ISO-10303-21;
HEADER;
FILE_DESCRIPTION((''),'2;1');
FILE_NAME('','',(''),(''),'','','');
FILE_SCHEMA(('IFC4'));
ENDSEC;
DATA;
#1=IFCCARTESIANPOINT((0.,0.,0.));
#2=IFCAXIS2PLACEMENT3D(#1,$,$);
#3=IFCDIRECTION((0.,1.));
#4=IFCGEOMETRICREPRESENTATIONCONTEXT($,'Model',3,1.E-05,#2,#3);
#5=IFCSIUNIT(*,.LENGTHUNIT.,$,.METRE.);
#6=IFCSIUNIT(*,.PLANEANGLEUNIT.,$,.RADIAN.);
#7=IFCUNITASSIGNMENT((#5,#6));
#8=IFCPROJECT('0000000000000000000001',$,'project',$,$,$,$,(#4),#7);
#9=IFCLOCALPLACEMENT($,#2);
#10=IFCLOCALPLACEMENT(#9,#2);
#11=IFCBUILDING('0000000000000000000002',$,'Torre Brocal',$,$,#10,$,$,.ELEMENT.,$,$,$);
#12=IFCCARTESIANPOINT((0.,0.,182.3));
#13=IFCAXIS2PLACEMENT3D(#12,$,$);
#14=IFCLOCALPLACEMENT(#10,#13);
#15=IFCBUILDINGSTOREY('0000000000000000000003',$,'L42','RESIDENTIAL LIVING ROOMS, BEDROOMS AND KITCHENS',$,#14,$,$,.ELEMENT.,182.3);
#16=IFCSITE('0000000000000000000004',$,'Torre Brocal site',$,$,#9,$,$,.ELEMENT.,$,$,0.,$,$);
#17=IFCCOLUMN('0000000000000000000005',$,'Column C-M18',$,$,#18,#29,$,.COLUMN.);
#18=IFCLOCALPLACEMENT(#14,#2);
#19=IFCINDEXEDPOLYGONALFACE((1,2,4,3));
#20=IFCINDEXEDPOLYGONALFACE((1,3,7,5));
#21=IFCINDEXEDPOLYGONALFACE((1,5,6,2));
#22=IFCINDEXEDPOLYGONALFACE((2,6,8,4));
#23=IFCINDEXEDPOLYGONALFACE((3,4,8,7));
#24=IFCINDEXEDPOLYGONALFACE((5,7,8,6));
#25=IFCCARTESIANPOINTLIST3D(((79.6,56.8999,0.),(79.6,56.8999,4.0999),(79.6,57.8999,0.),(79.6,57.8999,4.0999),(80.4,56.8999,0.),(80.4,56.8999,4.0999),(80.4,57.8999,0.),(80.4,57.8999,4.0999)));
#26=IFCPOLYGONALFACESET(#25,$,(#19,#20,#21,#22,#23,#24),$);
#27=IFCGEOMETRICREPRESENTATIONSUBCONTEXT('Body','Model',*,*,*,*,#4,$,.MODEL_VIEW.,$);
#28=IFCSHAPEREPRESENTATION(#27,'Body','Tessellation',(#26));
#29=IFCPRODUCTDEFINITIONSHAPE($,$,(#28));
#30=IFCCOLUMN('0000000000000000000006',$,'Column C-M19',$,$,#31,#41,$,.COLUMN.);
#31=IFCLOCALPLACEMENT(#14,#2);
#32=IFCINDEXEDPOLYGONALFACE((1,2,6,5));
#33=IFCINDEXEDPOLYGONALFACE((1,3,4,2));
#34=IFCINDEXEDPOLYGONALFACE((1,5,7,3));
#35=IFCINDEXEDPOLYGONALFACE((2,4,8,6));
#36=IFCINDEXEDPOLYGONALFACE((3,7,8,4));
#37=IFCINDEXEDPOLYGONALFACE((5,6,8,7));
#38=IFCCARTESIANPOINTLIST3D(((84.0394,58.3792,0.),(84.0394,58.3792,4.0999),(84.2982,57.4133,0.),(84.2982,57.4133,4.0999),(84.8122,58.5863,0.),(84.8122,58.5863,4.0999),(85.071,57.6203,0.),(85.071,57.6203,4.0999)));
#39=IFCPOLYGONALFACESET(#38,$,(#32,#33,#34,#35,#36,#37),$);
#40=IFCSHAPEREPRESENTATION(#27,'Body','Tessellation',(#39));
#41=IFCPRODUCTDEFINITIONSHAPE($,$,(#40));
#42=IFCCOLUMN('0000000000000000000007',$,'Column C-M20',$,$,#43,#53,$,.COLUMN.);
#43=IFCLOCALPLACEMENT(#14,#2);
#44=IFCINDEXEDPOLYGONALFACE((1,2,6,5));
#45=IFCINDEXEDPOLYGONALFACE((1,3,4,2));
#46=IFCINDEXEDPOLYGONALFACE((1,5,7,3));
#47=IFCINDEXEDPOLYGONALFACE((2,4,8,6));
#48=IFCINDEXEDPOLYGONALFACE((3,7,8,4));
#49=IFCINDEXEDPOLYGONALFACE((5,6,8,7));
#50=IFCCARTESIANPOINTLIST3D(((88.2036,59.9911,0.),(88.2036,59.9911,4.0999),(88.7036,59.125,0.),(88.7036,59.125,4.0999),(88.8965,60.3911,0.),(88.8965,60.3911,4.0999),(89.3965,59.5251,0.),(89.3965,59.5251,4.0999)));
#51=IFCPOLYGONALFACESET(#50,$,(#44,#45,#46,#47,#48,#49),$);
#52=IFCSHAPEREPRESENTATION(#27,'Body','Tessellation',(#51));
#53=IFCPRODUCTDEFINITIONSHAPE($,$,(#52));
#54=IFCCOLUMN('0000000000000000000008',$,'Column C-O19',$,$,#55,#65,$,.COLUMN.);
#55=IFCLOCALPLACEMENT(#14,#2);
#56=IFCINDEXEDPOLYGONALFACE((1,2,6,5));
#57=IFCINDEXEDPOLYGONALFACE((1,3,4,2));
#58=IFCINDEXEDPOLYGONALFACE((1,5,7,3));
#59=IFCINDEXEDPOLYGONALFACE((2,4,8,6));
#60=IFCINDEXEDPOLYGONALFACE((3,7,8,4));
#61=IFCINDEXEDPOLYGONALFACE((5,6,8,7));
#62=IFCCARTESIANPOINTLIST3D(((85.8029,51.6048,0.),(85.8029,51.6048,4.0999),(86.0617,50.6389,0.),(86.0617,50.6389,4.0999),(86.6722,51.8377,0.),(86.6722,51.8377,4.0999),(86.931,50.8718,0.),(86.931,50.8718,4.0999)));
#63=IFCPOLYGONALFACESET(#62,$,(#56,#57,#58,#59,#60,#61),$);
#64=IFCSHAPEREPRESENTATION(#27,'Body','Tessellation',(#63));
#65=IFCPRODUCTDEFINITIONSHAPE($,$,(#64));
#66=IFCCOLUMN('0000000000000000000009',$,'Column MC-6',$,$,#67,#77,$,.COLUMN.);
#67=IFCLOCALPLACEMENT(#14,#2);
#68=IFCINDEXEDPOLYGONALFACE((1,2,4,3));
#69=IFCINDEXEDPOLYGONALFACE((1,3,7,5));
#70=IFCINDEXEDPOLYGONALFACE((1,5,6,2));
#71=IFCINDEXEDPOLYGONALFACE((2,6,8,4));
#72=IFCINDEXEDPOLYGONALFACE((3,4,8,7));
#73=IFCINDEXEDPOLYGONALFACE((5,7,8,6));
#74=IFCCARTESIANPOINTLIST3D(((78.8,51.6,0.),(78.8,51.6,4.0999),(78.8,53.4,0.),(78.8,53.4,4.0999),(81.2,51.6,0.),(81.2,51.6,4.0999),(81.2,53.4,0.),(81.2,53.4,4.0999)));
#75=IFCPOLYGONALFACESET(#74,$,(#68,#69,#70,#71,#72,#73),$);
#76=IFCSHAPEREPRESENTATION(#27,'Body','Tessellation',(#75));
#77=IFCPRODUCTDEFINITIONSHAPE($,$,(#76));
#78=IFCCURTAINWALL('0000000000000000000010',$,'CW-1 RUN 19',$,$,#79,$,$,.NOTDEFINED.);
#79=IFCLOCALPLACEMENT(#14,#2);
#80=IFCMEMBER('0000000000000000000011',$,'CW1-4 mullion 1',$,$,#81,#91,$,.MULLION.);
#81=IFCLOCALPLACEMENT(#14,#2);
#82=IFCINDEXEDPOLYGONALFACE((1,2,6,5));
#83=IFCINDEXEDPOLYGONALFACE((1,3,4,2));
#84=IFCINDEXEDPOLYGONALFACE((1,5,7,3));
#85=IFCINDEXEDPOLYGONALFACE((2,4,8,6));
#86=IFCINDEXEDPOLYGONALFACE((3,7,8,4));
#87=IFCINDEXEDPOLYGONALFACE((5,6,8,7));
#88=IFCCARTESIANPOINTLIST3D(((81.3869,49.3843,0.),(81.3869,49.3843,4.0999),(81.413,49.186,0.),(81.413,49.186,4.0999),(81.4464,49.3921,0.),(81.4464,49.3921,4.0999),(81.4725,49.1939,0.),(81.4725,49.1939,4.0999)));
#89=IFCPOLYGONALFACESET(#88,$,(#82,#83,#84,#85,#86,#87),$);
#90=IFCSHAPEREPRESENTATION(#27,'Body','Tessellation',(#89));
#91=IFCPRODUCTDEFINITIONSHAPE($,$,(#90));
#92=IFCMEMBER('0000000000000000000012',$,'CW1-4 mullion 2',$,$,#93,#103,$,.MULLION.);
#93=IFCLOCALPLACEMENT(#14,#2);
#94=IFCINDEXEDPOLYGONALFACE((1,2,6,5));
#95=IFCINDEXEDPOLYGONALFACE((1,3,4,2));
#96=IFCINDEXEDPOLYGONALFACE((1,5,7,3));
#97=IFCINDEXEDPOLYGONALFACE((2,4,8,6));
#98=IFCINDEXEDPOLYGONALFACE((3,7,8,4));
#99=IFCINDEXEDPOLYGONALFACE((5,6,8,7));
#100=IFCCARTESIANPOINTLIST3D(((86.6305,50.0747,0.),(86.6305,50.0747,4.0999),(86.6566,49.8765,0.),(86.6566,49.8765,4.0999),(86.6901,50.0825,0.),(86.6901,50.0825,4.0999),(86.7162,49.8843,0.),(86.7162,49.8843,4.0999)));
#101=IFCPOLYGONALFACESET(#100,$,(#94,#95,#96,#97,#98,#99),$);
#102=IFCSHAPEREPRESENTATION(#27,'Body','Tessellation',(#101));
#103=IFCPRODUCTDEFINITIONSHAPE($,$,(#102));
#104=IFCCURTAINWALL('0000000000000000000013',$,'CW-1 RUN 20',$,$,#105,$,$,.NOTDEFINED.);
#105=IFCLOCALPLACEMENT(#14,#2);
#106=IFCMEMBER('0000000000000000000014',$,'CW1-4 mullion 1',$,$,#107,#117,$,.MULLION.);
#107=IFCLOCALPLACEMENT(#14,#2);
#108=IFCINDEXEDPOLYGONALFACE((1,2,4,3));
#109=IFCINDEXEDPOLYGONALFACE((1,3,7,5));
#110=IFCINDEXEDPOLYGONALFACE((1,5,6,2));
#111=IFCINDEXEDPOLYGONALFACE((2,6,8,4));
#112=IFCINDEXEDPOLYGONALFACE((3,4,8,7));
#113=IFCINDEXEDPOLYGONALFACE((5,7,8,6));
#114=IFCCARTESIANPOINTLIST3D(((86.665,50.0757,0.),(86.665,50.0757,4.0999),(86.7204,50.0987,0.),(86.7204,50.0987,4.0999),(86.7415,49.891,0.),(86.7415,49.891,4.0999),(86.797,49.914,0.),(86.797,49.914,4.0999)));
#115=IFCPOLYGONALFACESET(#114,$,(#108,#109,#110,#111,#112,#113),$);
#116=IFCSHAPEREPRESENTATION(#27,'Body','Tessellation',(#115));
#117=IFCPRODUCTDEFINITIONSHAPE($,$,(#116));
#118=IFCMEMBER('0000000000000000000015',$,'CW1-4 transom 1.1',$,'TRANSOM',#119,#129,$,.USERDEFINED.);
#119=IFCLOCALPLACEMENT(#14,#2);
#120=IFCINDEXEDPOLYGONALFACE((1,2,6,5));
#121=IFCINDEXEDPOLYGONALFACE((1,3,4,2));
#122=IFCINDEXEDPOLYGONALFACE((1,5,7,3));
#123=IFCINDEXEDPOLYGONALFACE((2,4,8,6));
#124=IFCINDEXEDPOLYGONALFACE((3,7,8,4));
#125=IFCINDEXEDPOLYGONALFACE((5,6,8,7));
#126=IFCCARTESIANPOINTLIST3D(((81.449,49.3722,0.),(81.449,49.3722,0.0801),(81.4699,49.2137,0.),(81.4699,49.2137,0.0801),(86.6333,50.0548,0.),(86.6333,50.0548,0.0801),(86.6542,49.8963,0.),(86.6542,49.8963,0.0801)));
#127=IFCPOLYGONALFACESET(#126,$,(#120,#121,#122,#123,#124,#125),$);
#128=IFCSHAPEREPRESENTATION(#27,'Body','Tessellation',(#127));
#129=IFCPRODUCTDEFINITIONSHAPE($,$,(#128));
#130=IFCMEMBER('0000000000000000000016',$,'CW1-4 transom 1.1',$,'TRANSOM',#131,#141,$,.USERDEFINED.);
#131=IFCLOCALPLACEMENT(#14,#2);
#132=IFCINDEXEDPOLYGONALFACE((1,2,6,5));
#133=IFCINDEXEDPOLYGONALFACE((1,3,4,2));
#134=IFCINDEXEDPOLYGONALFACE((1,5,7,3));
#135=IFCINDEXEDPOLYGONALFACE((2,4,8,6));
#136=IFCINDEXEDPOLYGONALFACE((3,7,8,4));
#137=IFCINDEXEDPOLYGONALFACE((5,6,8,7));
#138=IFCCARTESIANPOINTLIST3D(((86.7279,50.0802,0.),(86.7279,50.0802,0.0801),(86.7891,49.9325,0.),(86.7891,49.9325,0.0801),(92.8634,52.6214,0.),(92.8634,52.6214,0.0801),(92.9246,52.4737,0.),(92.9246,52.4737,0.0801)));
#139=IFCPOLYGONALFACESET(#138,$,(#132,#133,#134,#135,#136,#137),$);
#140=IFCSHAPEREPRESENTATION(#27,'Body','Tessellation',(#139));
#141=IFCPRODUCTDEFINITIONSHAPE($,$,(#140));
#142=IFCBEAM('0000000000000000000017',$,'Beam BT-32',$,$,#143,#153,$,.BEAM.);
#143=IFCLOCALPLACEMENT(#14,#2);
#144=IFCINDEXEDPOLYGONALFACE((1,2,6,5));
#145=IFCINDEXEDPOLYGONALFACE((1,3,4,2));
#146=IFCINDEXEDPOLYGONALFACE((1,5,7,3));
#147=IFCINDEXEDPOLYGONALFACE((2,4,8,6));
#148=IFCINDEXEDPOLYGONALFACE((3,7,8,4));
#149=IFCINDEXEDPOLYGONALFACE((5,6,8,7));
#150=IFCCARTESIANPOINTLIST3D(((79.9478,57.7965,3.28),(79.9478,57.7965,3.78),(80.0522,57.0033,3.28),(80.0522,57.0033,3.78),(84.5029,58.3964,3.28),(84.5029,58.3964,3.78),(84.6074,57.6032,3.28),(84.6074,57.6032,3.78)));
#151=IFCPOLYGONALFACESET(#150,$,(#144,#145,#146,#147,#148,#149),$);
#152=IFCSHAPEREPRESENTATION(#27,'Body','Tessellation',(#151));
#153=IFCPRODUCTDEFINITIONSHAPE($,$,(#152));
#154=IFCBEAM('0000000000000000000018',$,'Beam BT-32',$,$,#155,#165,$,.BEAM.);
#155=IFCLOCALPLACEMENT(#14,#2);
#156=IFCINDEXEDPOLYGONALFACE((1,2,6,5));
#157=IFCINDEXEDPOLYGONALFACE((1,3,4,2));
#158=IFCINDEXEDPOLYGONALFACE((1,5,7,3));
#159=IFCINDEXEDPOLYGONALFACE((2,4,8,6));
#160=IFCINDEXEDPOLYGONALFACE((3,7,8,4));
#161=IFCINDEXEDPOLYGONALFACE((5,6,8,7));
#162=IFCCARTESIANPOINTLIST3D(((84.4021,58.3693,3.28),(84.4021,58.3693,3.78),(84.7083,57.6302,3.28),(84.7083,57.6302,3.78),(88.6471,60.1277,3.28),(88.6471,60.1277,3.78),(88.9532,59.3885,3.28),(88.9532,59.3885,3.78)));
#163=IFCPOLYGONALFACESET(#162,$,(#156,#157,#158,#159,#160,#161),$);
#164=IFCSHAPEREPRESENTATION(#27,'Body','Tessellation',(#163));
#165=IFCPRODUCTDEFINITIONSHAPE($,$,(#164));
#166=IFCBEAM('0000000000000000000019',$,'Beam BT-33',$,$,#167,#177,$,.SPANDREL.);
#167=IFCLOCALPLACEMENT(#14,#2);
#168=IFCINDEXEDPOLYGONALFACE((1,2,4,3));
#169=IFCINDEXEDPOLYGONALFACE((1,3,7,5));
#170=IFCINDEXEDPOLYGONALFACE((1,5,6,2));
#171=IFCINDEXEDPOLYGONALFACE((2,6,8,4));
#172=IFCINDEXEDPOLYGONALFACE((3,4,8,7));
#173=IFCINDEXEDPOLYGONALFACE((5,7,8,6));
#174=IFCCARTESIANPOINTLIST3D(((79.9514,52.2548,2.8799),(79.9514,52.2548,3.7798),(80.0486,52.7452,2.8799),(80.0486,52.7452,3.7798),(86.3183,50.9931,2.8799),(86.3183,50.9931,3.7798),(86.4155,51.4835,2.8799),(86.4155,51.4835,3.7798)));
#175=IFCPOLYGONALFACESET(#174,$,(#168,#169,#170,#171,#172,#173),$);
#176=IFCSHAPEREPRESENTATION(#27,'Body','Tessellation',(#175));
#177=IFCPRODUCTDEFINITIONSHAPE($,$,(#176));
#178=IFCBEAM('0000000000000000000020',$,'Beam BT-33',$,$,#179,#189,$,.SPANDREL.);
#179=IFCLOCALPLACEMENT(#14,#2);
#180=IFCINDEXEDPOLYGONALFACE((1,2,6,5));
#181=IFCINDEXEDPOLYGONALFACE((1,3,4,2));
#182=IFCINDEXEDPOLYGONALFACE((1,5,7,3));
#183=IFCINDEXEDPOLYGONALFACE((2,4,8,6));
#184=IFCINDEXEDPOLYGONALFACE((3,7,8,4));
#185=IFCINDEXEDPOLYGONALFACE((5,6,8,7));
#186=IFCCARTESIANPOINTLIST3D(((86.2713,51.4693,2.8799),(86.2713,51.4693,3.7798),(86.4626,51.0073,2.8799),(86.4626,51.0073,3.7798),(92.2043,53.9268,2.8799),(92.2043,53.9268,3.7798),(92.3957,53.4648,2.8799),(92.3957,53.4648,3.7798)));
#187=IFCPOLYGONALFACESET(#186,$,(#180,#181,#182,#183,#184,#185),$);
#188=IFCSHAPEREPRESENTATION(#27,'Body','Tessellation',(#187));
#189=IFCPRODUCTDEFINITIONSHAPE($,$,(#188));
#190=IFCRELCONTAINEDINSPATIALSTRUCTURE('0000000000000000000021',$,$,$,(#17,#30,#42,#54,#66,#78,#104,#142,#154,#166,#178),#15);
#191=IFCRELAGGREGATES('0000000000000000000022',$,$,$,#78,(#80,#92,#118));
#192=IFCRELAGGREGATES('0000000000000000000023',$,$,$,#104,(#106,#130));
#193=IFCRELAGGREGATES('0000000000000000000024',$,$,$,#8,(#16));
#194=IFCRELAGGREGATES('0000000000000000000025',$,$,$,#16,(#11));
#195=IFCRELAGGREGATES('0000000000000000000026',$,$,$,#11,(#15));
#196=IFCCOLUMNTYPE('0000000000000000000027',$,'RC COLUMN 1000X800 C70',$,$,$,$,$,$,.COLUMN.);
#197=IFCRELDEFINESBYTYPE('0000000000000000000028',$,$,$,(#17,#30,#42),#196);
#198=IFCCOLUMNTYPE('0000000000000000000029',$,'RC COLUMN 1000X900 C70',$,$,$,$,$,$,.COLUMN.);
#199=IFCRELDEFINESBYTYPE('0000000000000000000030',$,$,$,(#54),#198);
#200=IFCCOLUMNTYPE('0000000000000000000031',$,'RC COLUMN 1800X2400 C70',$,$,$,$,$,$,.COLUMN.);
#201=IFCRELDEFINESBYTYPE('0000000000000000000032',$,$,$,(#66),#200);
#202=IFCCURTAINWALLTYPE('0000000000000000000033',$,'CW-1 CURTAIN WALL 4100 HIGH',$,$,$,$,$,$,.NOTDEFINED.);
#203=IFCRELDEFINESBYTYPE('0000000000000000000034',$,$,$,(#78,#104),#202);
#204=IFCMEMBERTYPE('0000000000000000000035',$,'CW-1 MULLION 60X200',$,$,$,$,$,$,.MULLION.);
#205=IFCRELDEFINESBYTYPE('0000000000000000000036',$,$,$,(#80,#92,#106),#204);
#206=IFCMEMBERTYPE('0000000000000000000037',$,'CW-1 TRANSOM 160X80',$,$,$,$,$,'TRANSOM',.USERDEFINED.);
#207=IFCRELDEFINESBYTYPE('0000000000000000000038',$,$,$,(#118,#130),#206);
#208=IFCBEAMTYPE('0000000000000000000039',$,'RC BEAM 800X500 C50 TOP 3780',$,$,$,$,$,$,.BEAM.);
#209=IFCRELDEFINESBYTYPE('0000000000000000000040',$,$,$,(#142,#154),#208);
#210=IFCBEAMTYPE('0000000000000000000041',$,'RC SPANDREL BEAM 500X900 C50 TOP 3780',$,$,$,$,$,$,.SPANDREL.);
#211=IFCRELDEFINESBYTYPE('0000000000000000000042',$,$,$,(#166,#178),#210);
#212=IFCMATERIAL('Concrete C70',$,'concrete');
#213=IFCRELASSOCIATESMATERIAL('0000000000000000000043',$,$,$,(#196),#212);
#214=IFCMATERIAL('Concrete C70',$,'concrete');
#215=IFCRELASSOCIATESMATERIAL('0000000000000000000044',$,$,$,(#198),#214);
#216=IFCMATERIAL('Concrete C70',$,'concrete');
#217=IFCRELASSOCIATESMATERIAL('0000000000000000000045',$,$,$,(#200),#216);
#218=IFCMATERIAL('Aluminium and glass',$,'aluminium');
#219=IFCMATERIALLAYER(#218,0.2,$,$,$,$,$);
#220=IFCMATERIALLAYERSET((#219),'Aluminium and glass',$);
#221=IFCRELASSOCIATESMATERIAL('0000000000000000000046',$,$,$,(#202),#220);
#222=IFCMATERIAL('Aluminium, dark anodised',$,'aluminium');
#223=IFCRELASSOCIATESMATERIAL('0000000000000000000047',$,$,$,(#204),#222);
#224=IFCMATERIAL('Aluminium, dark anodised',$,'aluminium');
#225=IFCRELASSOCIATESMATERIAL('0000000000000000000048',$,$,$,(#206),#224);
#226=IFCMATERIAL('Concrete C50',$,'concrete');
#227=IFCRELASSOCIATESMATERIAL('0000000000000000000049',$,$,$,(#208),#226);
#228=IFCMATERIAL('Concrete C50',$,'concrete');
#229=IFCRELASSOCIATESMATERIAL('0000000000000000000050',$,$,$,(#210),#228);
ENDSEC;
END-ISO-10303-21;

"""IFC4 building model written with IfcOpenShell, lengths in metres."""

from ifc_helpers import new_model, si_unit, direction, frame, origin, origin_2d, place, context, subcontext, project, spatial, rectangle, extrude, material, layer, layer_set, material_profile, profile_set, type_object, element, aggregate, save


model = new_model("IFC4")

# Units and contexts
model_context = context("Model", 3, precision=1e-05, world=origin(), true_north=direction((0.0, 1.0)))
body_context = subcontext(model_context, "Body", "Model", "MODEL_VIEW")
ifc_project = project(units=[si_unit("LENGTHUNIT", "METRE"), si_unit("PLANEANGLEUNIT", "RADIAN")], contexts=[model_context])

# Site, building, storey
site_placement = place(None, origin())
site = spatial("IfcSite", under=ifc_project, at=site_placement, Name="Torre Brocal site", CompositionType="ELEMENT", RefElevation=0.0)
building_placement = place(site_placement, origin())
building = spatial("IfcBuilding", under=site, at=building_placement, Name="Torre Brocal", CompositionType="ELEMENT")
storey_placement = place(building_placement, frame((0.0, 0.0, 182.3)))
storey = spatial("IfcBuildingStorey", under=building, at=storey_placement, Name="L42", Description="RESIDENTIAL LIVING ROOMS, BEDROOMS AND KITCHENS", CompositionType="ELEMENT", Elevation=182.3)

# Columns
ifc_material_1 = material(Name="Concrete C70", Category="concrete")
ifc_material_profile_1 = material_profile(ifc_material_1, rectangle(XDim=1.0, YDim=0.8, at=origin_2d()), Name="RC 1000X800")
ifc_profile_set_1 = profile_set([ifc_material_profile_1], Name="Concrete C70")
column_type_1 = type_object("IfcColumnType", Name="RC COLUMN 1000X800 C70", PredefinedType="COLUMN", material=ifc_profile_set_1)
for number, where, z_axis, x_axis, name in (
    (1, (80.0, 57.3999, 0.0), (0.0, 0.0, 1.0), (0.0, -1.0, 0.0), "Column C-M18"),
    (2, (84.5552, 57.9998, 0.0), (0.0, 0.0, 1.0), (0.258819, -0.965926, 0.0), "Column C-M19"),
    (3, (88.8, 59.7581, 0.0), (0.0, 0.0, 1.0), (0.5, -0.866025, 0.0), "Column C-M20"),
):
    element("IfcColumn", number, at=place(storey_placement, frame(where, z_axis=z_axis, x_axis=x_axis)), inside=storey, type_object=column_type_1, Name=name, PredefinedType="COLUMN", context=body_context, shape_type="SweptSolid", body=[
        extrude(rectangle(XDim=1.0, YDim=0.8, at=origin_2d()), origin(), (0.0, 0.0, 1.0), 4.0999),
    ])
ifc_material_2 = material(Name="Concrete C70", Category="concrete")
ifc_material_profile_2 = material_profile(ifc_material_2, rectangle(XDim=1.0, YDim=0.8999, at=origin_2d()), Name="RC 1000X900")
ifc_profile_set_2 = profile_set([ifc_material_profile_2], Name="Concrete C70")
column_type_2 = type_object("IfcColumnType", Name="RC COLUMN 1000X900 C70", PredefinedType="COLUMN", material=ifc_profile_set_2)
column_1_placement = place(storey_placement, frame((86.3669, 51.2383, 0.0), z_axis=(0.0, 0.0, 1.0), x_axis=(0.258819, -0.965926, 0.0)))
element("IfcColumn", 4, at=column_1_placement, inside=storey, type_object=column_type_2, Name="Column C-O19", PredefinedType="COLUMN", context=body_context, shape_type="SweptSolid", body=[
    extrude(rectangle(XDim=1.0, YDim=0.8999, at=origin_2d()), origin(), (0.0, 0.0, 1.0), 4.0999),
])
ifc_material_3 = material(Name="Concrete C70", Category="concrete")
ifc_material_profile_3 = material_profile(ifc_material_3, rectangle(XDim=1.8, YDim=2.3999, at=origin_2d()), Name="RC 1800X2400")
ifc_profile_set_3 = profile_set([ifc_material_profile_3], Name="Concrete C70")
column_type_3 = type_object("IfcColumnType", Name="RC COLUMN 1800X2400 C70", PredefinedType="COLUMN", material=ifc_profile_set_3)
column_2_placement = place(storey_placement, frame((80.0, 52.5, 0.0), z_axis=(0.0, 0.0, 1.0), x_axis=(0.0, -1.0, 0.0)))
element("IfcColumn", 5, at=column_2_placement, inside=storey, type_object=column_type_3, Name="Column MC-6", PredefinedType="COLUMN", context=body_context, shape_type="SweptSolid", body=[
    extrude(rectangle(XDim=1.8, YDim=2.3999, at=origin_2d()), origin(), (0.0, 0.0, 1.0), 4.0999),
])

# Curtain wall, members
ifc_material_4 = material(Name="Aluminium and glass", Category="aluminium")
ifc_layer_1 = layer(ifc_material_4, 0.2)
ifc_layer_set_1 = layer_set([ifc_layer_1], Name="Aluminium and glass")
curtain_wall_type = type_object("IfcCurtainWallType", Name="CW-1 CURTAIN WALL 4100 HIGH", PredefinedType="NOTDEFINED", material=ifc_layer_set_1)
curtain_wall_1_placement = place(storey_placement, origin())
curtain_wall_1 = element("IfcCurtainWall", 6, at=curtain_wall_1_placement, inside=storey, type_object=curtain_wall_type, Name="CW-1 RUN 19", PredefinedType="NOTDEFINED")
ifc_material_5 = material(Name="Aluminium, dark anodised", Category="aluminium")
ifc_material_profile_4 = material_profile(ifc_material_5, rectangle(XDim=0.2, YDim=0.0601, at=origin_2d()), Name="CW-1 MULLION 60X200")
ifc_profile_set_4 = profile_set([ifc_material_profile_4], Name="Aluminium, dark anodised")
member_type_1 = type_object("IfcMemberType", Name="CW-1 MULLION 60X200", PredefinedType="MULLION", material=ifc_profile_set_4)
member_1_placement = place(storey_placement, frame((81.4297, 49.2891, 0.0), z_axis=(0.0, 0.0, 1.0), x_axis=(-0.130526, 0.991445, 0.0)))
member_1 = element("IfcMember", 7, at=member_1_placement, type_object=member_type_1, Name="CW1-4 mullion 1", PredefinedType="MULLION", context=body_context, shape_type="SweptSolid", body=[
    extrude(rectangle(XDim=0.2, YDim=0.0601, at=origin_2d()), origin(), (0.0, 0.0, 1.0), 4.0999),
])
member_2_placement = place(storey_placement, frame((86.6733, 49.9795, 0.0), z_axis=(0.0, 0.0, 1.0), x_axis=(-0.130526, 0.991445, 0.0)))
member_2 = element("IfcMember", 8, at=member_2_placement, type_object=member_type_1, Name="CW1-4 mullion 2", PredefinedType="MULLION", context=body_context, shape_type="SweptSolid", body=[
    extrude(rectangle(XDim=0.2, YDim=0.0601, at=origin_2d()), origin(), (0.0, 0.0, 1.0), 4.0999),
])

# Curtain wall, member
curtain_wall_2_placement = place(storey_placement, origin())
curtain_wall_2 = element("IfcCurtainWall", 9, at=curtain_wall_2_placement, inside=storey, type_object=curtain_wall_type, Name="CW-1 RUN 20", PredefinedType="NOTDEFINED")
member_3_placement = place(storey_placement, frame((86.731, 49.9949, 0.0), z_axis=(0.0, 0.0, 1.0), x_axis=(-0.382683, 0.92388, 0.0)))
member_3 = element("IfcMember", 10, at=member_3_placement, type_object=member_type_1, Name="CW1-4 mullion 1", PredefinedType="MULLION", context=body_context, shape_type="SweptSolid", body=[
    extrude(rectangle(XDim=0.2, YDim=0.0601, at=origin_2d()), origin(), (0.0, 0.0, 1.0), 4.0999),
])

# Members
ifc_material_6 = material(Name="Aluminium, dark anodised", Category="aluminium")
ifc_material_profile_5 = material_profile(ifc_material_6, rectangle(XDim=0.1599, YDim=0.0801, at=origin_2d()), Name="CW-1 TRANSOM 160X80")
ifc_profile_set_5 = profile_set([ifc_material_profile_5], Name="Aluminium, dark anodised")
member_type_2 = type_object("IfcMemberType", Name="CW-1 TRANSOM 160X80", ElementType="TRANSOM", PredefinedType="USERDEFINED", material=ifc_profile_set_5)
member_4_placement = place(storey_placement, frame((81.4595, 49.293, 0.04), z_axis=(0.991443, 0.130543, 0.0), x_axis=(-0.130543, 0.991443, 0.0)))
member_4 = element("IfcMember", 11, at=member_4_placement, type_object=member_type_2, Name="CW1-4 transom 1.1", ObjectType="TRANSOM", PredefinedType="USERDEFINED", context=body_context, shape_type="SweptSolid", body=[
    extrude(rectangle(XDim=0.1599, YDim=0.0801, at=origin_2d()), origin(), (0.0, 0.0, 1.0), 5.229),
])
member_5_placement = place(storey_placement, frame((86.7585, 50.0063, 0.04), z_axis=(0.923887, 0.382665, 0.0), x_axis=(-0.382665, 0.923887, 0.0)))
member_5 = element("IfcMember", 12, at=member_5_placement, type_object=member_type_2, Name="CW1-4 transom 1.1", ObjectType="TRANSOM", PredefinedType="USERDEFINED", context=body_context, shape_type="SweptSolid", body=[
    extrude(rectangle(XDim=0.1599, YDim=0.0801, at=origin_2d()), origin(), (0.0, 0.0, 1.0), 6.6409),
])

# Beams
ifc_material_7 = material(Name="Concrete C50", Category="concrete")
ifc_material_profile_6 = material_profile(ifc_material_7, rectangle(XDim=0.8, YDim=0.5, at=origin_2d()), Name="RC 800X500")
ifc_profile_set_6 = profile_set([ifc_material_profile_6], Name="Concrete C50")
beam_type_1 = type_object("IfcBeamType", Name="RC BEAM 800X500 C50 TOP 3780", PredefinedType="BEAM", material=ifc_profile_set_6)
beam_1_placement = place(storey_placement, frame((80.0, 57.3999, 3.53), z_axis=(0.991441, 0.130559, 0.0), x_axis=(-0.130559, 0.991441, 0.0)))
element("IfcBeam", 13, at=beam_1_placement, inside=storey, type_object=beam_type_1, Name="Beam BT-32", PredefinedType="BEAM", context=body_context, shape_type="SweptSolid", body=[
    extrude(rectangle(XDim=0.8, YDim=0.5, at=origin_2d()), origin(), (0.0, 0.0, 1.0), 4.5945),
])
beam_2_placement = place(storey_placement, frame((84.5552, 57.9998, 3.53), z_axis=(0.923878, 0.382687, 0.0), x_axis=(-0.382687, 0.923878, 0.0)))
element("IfcBeam", 14, at=beam_2_placement, inside=storey, type_object=beam_type_1, Name="Beam BT-32", PredefinedType="BEAM", context=body_context, shape_type="SweptSolid", body=[
    extrude(rectangle(XDim=0.8, YDim=0.5, at=origin_2d()), origin(), (0.0, 0.0, 1.0), 4.5947),
])
ifc_material_8 = material(Name="Concrete C50", Category="concrete")
ifc_material_profile_7 = material_profile(ifc_material_8, rectangle(XDim=0.5, YDim=0.8999, at=origin_2d()), Name="RC 500X900")
ifc_profile_set_7 = profile_set([ifc_material_profile_7], Name="Concrete C50")
beam_type_2 = type_object("IfcBeamType", Name="RC SPANDREL BEAM 500X900 C50 TOP 3780", PredefinedType="SPANDREL", material=ifc_profile_set_7)
beam_3_placement = place(storey_placement, frame((80.0, 52.5, 3.3298), z_axis=(0.980925, -0.194387, 0.0), x_axis=(0.194387, 0.980925, 0.0)))
element("IfcBeam", 15, at=beam_3_placement, inside=storey, type_object=beam_type_2, Name="Beam BT-33", PredefinedType="SPANDREL", context=body_context, shape_type="SweptSolid", body=[
    extrude(rectangle(XDim=0.5, YDim=0.8999, at=origin_2d()), origin(), (0.0, 0.0, 1.0), 6.4907),
])
beam_4_placement = place(storey_placement, frame((86.3669, 51.2383, 3.3298), z_axis=(0.923882, 0.382676, 0.0), x_axis=(-0.382676, 0.923882, 0.0)))
element("IfcBeam", 16, at=beam_4_placement, inside=storey, type_object=beam_type_2, Name="Beam BT-33", PredefinedType="SPANDREL", context=body_context, shape_type="SweptSolid", body=[
    extrude(rectangle(XDim=0.5, YDim=0.8999, at=origin_2d()), origin(), (0.0, 0.0, 1.0), 6.4219),
])

aggregate(curtain_wall_1, [member_1, member_2, member_4])
aggregate(curtain_wall_2, [member_3, member_5])

save(model, "model.ifc")
